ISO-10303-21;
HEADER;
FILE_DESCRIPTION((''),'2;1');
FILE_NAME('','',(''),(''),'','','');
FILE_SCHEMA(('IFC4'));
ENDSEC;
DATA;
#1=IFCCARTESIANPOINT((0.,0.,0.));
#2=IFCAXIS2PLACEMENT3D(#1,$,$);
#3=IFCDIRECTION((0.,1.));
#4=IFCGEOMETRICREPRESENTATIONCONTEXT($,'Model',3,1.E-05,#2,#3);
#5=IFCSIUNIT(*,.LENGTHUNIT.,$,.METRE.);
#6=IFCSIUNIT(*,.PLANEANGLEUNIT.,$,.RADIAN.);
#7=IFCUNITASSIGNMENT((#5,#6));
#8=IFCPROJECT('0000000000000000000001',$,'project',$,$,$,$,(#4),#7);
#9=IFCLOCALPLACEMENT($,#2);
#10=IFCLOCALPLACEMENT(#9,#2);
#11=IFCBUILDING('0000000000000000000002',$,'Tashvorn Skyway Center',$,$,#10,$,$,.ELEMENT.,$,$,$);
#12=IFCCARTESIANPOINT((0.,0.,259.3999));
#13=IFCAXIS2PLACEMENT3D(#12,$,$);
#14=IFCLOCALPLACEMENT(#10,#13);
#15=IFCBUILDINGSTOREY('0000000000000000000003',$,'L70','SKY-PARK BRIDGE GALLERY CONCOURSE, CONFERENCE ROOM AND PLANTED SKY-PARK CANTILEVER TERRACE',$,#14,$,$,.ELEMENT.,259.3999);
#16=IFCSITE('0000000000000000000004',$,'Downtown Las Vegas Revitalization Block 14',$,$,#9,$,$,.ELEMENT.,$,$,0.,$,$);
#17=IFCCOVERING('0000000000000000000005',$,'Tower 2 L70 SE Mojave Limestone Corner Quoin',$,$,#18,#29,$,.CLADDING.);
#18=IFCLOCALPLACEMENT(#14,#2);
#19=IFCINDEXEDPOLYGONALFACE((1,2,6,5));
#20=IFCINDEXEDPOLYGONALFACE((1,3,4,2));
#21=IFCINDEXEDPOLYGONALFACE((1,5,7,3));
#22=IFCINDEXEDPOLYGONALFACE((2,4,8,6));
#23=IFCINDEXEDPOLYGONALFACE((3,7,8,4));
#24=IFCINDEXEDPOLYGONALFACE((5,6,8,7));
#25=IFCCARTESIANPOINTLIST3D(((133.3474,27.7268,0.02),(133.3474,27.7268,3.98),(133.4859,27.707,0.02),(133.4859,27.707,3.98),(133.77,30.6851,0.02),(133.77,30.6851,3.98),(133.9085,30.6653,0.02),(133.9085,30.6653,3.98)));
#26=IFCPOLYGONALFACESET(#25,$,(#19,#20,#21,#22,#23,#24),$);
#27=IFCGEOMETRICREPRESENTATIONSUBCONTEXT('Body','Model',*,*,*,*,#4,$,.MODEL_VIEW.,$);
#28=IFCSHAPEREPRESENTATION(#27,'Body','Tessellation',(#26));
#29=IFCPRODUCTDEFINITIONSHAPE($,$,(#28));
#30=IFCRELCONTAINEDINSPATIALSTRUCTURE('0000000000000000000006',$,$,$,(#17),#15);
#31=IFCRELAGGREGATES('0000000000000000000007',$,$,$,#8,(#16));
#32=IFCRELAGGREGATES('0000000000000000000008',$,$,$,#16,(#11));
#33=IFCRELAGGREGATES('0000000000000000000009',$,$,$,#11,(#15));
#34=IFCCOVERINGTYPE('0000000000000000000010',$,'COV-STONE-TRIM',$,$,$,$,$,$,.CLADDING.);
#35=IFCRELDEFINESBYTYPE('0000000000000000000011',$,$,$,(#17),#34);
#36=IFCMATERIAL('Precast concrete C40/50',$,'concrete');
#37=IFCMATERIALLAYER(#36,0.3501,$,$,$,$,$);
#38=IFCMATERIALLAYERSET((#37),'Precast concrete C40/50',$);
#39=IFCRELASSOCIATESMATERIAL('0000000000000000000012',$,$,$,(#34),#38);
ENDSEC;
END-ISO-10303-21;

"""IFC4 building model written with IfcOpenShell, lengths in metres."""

from ifc_helpers import new_model, si_unit, direction, frame, origin, origin_2d, place, context, subcontext, project, spatial, rectangle, extrude, material, layer, layer_set, type_object, element, save


model = new_model("IFC4")

# Units and contexts
model_context = context("Model", 3, precision=1e-05, world=origin(), true_north=direction((0.0, 1.0)))
body_context = subcontext(model_context, "Body", "Model", "MODEL_VIEW")
ifc_project = project(units=[si_unit("LENGTHUNIT", "METRE"), si_unit("PLANEANGLEUNIT", "RADIAN")], contexts=[model_context])

# Site, building, storey
site_placement = place(None, origin())
site = spatial("IfcSite", under=ifc_project, at=site_placement, Name="Downtown Las Vegas Revitalization Block 14", CompositionType="ELEMENT", RefElevation=0.0)
building_placement = place(site_placement, origin())
building = spatial("IfcBuilding", under=site, at=building_placement, Name="Tashvorn Skyway Center", CompositionType="ELEMENT")
storey_placement = place(building_placement, frame((0.0, 0.0, 259.3999)))
storey = spatial("IfcBuildingStorey", under=building, at=storey_placement, Name="L70", Description="SKY-PARK BRIDGE GALLERY CONCOURSE, CONFERENCE ROOM AND PLANTED SKY-PARK CANTILEVER TERRACE", CompositionType="ELEMENT", Elevation=259.3999)

# Shared definitions
ifc_material_1 = material(Name="Precast concrete C40/50", Category="concrete")

# Covering
ifc_layer_1 = layer(ifc_material_1, 0.3501)
ifc_layer_set_1 = layer_set([ifc_layer_1], Name="Precast concrete C40/50")
covering_type = type_object("IfcCoveringType", Name="COV-STONE-TRIM", PredefinedType="CLADDING", material=ifc_layer_set_1)
covering_placement = place(storey_placement, frame((133.6279, 29.196, 0.02), z_axis=(0.0, 0.0, 1.0), x_axis=(0.141421, 0.989949, 0.0)))
element("IfcCovering", 1, at=covering_placement, inside=storey, type_object=covering_type, Name="Tower 2 L70 SE Mojave Limestone Corner Quoin", PredefinedType="CLADDING", context=body_context, shape_type="SweptSolid", body=[
    extrude(rectangle(XDim=2.9883, YDim=0.1399, at=origin_2d()), origin(), (0.0, 0.0, 1.0), 3.96),
])

save(model, "model.ifc")
